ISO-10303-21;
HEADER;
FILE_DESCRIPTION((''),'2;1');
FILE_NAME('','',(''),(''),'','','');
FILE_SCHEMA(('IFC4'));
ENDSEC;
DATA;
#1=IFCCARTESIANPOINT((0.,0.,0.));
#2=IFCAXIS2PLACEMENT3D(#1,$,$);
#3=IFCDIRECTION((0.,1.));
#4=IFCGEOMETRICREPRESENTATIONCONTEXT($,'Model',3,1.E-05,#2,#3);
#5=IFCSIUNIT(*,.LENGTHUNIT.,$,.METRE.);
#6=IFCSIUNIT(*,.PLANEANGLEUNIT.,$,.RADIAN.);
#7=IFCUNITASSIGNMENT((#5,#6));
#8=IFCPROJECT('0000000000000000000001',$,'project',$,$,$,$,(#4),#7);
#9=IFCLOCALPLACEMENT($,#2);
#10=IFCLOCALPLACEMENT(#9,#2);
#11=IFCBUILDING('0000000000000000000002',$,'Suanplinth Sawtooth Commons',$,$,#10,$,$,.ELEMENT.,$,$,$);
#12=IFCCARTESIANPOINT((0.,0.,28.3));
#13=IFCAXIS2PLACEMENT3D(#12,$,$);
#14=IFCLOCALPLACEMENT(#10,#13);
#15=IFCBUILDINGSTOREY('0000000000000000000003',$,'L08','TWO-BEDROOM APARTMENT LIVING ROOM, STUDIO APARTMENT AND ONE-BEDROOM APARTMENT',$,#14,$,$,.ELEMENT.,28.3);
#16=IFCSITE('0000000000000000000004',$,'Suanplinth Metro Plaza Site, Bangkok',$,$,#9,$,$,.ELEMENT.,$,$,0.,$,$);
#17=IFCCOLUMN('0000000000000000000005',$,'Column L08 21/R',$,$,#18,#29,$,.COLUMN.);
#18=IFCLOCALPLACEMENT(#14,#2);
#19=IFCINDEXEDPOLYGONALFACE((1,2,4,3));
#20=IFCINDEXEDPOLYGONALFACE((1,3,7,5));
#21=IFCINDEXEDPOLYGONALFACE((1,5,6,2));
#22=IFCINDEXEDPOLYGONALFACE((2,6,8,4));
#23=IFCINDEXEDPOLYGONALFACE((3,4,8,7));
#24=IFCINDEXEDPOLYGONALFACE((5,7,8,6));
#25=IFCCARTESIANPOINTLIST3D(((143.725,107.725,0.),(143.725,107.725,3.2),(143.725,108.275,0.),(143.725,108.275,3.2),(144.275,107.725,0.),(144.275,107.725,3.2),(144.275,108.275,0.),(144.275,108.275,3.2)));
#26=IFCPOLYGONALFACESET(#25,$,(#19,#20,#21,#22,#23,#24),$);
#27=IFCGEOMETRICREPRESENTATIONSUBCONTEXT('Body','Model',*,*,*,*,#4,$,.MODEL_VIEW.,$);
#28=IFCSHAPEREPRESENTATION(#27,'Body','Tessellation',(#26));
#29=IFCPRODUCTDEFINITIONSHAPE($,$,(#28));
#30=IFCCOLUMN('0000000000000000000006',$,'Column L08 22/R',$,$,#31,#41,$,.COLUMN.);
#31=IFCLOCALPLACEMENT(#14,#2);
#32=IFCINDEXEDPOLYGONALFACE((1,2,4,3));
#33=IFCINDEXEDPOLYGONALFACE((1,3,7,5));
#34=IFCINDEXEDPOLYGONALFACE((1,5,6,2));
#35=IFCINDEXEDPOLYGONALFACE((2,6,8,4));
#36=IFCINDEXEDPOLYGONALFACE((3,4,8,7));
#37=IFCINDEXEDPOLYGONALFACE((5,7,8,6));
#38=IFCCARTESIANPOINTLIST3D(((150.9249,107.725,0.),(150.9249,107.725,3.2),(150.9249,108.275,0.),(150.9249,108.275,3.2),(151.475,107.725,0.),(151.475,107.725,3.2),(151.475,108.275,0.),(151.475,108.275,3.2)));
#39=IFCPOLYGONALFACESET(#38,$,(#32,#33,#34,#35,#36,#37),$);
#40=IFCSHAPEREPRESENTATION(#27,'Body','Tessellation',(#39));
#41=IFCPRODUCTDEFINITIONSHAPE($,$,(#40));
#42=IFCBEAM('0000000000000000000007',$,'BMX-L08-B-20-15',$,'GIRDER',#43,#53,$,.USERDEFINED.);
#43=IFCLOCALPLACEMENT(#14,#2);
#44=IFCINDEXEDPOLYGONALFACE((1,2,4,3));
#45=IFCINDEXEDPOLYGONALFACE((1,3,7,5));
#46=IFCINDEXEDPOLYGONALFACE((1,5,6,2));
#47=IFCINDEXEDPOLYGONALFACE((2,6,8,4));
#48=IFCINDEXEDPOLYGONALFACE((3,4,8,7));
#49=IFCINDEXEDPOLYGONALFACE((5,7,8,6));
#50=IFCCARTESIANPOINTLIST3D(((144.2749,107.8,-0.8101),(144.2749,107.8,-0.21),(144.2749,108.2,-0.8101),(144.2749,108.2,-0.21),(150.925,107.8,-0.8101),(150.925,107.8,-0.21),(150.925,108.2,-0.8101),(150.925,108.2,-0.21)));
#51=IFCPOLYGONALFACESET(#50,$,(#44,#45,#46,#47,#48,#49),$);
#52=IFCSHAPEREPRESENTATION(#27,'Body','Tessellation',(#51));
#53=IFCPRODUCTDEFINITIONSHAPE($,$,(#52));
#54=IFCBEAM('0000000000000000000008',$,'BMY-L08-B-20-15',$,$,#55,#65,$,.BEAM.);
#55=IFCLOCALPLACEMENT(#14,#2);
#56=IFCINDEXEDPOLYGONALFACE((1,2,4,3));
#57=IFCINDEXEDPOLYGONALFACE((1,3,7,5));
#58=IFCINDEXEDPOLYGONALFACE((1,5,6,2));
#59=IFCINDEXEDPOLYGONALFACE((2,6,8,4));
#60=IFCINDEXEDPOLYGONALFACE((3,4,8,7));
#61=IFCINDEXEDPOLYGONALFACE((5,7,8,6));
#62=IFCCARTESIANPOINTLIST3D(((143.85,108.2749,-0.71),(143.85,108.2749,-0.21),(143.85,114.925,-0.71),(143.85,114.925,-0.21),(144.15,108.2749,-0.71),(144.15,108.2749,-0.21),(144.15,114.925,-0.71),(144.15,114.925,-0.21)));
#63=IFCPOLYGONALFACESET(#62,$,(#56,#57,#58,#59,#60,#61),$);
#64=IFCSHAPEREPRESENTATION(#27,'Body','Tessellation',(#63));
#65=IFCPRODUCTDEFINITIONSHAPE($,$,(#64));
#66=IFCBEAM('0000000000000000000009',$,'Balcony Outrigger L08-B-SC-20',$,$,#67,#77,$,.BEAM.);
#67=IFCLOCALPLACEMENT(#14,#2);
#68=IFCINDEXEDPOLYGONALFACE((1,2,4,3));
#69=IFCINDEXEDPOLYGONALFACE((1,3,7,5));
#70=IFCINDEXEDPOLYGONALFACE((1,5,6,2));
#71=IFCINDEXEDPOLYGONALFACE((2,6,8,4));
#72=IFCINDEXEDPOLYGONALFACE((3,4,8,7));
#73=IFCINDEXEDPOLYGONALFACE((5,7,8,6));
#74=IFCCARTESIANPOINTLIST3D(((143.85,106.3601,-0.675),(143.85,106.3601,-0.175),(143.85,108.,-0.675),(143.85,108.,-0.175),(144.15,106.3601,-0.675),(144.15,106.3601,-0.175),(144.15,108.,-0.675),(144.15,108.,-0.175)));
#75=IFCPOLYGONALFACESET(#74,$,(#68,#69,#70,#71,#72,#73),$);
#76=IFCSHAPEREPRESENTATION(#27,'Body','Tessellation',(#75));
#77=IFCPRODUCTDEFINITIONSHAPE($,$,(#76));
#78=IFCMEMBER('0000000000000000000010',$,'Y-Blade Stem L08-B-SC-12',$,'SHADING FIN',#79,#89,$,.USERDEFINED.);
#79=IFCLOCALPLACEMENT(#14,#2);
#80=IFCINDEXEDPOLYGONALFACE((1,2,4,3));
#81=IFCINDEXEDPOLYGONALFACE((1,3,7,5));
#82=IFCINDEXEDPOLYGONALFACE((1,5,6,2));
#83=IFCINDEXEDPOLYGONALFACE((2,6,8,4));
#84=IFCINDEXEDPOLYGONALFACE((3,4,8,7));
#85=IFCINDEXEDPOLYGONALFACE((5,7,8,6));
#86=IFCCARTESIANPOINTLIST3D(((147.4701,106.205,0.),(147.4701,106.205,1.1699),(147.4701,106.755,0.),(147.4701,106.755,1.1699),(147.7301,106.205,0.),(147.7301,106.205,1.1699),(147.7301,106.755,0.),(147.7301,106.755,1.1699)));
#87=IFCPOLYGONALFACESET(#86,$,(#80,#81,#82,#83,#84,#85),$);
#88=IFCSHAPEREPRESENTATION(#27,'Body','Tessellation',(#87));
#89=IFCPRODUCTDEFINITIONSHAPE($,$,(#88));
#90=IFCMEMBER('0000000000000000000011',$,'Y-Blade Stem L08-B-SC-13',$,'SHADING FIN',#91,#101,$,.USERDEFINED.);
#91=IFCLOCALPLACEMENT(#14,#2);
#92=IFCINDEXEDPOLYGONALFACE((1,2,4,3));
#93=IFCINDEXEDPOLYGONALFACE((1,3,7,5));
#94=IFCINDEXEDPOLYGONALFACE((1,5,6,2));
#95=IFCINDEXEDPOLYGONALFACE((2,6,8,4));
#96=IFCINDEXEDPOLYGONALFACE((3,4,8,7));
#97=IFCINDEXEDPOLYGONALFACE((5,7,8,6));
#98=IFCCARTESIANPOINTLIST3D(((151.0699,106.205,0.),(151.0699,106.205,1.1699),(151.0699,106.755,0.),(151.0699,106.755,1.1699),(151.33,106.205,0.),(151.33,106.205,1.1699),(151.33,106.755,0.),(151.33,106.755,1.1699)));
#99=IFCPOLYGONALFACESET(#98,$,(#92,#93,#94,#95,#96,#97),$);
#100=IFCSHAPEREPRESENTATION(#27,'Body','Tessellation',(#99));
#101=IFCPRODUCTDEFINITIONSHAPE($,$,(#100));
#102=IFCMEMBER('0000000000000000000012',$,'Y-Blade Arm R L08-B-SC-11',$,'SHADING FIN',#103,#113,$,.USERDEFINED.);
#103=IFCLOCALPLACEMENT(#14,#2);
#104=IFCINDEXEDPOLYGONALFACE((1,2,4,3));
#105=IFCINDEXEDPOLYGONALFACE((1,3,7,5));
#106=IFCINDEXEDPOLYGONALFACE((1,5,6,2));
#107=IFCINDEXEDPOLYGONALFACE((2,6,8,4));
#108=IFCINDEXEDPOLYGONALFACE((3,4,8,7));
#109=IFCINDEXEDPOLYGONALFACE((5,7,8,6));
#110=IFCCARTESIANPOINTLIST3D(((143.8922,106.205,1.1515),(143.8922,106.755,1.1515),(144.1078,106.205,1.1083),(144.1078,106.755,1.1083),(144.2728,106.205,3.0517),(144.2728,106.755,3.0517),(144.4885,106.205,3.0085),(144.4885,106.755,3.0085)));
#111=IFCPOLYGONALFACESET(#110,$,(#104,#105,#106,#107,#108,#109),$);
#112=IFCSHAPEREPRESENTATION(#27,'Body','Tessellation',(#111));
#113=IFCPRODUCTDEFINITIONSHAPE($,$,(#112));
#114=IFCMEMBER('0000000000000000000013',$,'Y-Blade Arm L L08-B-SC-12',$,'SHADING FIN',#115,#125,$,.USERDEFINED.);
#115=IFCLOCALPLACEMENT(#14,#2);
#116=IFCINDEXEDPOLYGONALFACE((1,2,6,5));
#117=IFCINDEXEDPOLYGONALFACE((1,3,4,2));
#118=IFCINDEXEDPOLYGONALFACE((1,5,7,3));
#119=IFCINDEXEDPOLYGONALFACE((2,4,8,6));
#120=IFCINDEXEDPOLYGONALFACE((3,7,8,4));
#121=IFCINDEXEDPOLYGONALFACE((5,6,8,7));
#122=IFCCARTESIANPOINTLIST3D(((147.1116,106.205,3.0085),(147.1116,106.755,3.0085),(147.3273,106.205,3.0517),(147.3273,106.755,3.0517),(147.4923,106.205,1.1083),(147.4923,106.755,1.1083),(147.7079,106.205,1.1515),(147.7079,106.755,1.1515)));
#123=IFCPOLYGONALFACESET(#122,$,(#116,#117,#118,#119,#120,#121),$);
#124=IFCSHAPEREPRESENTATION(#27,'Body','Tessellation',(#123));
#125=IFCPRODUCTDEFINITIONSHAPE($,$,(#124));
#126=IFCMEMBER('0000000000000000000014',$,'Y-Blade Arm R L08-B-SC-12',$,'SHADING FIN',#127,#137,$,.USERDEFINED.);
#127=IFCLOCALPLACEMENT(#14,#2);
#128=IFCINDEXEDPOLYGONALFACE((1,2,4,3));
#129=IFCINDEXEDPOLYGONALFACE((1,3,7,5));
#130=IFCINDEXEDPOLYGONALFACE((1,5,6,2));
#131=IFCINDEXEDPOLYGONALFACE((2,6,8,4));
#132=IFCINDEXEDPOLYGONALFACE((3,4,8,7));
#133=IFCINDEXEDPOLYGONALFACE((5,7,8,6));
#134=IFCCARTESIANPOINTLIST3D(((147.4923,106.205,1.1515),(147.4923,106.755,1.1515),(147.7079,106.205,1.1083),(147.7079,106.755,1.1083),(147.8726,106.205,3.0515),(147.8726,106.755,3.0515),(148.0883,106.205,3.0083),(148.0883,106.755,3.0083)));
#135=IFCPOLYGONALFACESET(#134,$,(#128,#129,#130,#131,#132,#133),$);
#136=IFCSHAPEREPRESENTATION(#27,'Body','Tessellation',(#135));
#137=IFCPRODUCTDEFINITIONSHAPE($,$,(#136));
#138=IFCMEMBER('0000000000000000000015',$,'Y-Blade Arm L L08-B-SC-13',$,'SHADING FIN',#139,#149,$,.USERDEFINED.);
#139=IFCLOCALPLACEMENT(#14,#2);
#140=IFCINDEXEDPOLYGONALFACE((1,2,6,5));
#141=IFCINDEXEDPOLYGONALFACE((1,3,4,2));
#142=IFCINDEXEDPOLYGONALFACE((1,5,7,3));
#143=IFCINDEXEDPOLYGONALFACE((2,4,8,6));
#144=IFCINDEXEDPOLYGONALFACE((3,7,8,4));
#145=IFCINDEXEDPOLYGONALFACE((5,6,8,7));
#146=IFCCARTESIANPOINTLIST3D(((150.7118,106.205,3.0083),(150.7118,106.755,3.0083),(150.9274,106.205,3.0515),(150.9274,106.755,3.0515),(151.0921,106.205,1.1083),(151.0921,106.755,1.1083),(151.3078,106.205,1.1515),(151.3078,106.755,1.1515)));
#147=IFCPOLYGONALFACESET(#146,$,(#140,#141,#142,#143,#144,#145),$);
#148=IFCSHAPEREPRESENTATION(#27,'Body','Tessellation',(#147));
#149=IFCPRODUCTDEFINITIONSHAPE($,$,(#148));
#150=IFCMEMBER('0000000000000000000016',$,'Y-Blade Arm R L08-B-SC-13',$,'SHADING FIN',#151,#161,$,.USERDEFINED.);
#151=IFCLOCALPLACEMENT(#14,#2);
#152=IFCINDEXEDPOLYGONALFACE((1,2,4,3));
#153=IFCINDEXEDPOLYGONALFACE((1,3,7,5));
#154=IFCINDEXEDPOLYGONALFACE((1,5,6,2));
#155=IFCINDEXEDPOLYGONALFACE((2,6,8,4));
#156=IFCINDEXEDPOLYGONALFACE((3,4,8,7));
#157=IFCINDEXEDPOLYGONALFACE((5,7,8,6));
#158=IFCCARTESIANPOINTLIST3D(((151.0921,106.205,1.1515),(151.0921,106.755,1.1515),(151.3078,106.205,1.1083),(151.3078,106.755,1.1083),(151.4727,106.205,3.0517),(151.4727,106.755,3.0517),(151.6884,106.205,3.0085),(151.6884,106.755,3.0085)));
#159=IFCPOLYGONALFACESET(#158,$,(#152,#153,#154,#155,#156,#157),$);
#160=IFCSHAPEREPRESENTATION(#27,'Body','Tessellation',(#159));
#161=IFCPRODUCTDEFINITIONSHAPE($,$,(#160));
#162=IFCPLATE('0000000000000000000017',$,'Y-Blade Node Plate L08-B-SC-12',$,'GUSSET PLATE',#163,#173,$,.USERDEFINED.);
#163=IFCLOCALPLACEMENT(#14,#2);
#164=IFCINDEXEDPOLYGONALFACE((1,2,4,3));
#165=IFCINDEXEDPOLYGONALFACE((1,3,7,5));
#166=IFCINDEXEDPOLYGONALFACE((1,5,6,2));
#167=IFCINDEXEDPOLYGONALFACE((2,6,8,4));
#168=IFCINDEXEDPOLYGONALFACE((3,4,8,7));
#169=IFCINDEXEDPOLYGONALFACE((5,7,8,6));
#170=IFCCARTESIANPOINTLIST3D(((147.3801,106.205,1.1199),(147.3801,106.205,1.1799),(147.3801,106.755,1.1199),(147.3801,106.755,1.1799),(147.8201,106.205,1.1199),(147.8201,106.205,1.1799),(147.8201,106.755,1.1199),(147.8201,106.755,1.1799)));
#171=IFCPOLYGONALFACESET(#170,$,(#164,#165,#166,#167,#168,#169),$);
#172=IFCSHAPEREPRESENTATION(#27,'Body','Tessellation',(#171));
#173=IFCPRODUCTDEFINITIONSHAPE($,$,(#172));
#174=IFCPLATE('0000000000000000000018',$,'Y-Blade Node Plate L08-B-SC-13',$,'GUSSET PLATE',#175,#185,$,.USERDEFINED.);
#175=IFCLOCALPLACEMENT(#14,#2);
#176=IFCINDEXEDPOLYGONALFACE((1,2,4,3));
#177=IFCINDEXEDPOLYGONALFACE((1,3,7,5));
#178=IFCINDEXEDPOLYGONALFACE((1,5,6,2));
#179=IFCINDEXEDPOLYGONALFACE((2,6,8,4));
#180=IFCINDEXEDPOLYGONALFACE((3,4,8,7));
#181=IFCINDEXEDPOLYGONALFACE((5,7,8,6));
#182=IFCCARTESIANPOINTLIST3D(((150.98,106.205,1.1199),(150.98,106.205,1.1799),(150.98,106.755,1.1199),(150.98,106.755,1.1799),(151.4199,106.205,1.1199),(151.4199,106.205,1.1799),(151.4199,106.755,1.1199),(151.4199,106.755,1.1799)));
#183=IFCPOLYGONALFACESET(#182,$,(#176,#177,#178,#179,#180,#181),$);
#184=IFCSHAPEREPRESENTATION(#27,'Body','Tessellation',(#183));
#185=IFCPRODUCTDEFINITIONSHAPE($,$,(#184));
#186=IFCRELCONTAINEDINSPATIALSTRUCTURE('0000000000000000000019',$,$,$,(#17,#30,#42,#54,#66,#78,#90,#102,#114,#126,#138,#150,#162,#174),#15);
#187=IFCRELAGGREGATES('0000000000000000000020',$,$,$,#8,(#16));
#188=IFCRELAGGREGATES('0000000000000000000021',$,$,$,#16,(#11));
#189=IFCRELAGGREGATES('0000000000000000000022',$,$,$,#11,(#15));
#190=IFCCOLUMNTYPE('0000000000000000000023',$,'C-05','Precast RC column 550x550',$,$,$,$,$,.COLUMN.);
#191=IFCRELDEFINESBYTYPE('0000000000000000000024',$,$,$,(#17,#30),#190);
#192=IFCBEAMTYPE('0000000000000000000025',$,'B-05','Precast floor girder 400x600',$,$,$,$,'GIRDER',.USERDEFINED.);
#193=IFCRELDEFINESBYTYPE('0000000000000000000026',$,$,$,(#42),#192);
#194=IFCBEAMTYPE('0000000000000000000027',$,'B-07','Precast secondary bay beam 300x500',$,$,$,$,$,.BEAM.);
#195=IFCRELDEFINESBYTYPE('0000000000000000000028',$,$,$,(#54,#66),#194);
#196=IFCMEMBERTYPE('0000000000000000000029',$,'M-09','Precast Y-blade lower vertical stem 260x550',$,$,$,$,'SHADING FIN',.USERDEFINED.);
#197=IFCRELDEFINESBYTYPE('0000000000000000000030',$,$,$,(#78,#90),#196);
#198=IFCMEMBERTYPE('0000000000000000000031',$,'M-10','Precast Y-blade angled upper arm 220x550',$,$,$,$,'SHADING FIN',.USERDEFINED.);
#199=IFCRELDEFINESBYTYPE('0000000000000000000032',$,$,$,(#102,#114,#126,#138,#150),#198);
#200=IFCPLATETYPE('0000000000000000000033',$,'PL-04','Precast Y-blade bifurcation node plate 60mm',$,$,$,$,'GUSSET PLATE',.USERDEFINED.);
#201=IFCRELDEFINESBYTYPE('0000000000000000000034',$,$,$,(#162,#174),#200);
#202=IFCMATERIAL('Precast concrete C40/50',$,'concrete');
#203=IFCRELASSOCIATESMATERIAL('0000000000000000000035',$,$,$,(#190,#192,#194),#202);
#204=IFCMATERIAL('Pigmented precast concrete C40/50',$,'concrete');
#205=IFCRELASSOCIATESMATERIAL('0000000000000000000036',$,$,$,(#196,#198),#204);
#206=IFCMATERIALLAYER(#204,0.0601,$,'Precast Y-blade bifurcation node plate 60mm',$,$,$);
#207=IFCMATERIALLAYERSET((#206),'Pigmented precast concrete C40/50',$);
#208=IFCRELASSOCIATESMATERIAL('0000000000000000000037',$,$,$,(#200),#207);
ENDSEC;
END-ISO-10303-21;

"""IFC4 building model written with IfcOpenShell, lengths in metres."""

from ifc_helpers import new_model, si_unit, direction, frame, origin, origin_2d, place, context, subcontext, project, spatial, rectangle, extrude, material, layer, layer_set, material_profile, profile_set, type_object, element, save


model = new_model("IFC4")

# Units and contexts
model_context = context("Model", 3, precision=1e-05, world=origin(), true_north=direction((0.0, 1.0)))
body_context = subcontext(model_context, "Body", "Model", "MODEL_VIEW")
ifc_project = project(units=[si_unit("LENGTHUNIT", "METRE"), si_unit("PLANEANGLEUNIT", "RADIAN")], contexts=[model_context])

# Site, building, storey
site_placement = place(None, origin())
site = spatial("IfcSite", under=ifc_project, at=site_placement, Name="Suanplinth Metro Plaza Site, Bangkok", CompositionType="ELEMENT", RefElevation=0.0)
building_placement = place(site_placement, origin())
building = spatial("IfcBuilding", under=site, at=building_placement, Name="Suanplinth Sawtooth Commons", CompositionType="ELEMENT")
storey_placement = place(building_placement, frame((0.0, 0.0, 28.3)))
storey = spatial("IfcBuildingStorey", under=building, at=storey_placement, Name="L08", Description="TWO-BEDROOM APARTMENT LIVING ROOM, STUDIO APARTMENT AND ONE-BEDROOM APARTMENT", CompositionType="ELEMENT", Elevation=28.3)

# Columns
ifc_material_1 = material(Name="Precast concrete C40/50", Category="concrete")
ifc_material_profile_1 = material_profile(ifc_material_1, rectangle(XDim=0.55, YDim=0.55, at=origin_2d()), Name="PC-COL 550x550")
ifc_profile_set_1 = profile_set([ifc_material_profile_1], Name="Precast concrete C40/50")
column_type = type_object("IfcColumnType", Name="C-05", Description="Precast RC column 550x550", PredefinedType="COLUMN", material=ifc_profile_set_1)
for number, where, z_axis, x_axis, name in (
    (1, (144.0, 108.0, 0.0), (0.0, 0.0, 1.0), (1.0, 0.0, 0.0), "Column L08 21/R"),
    (2, (151.2, 108.0, 0.0), (0.0, 0.0, 1.0), (1.0, 0.0, 0.0), "Column L08 22/R"),
):
    element("IfcColumn", number, at=place(storey_placement, frame(where, z_axis=z_axis, x_axis=x_axis)), inside=storey, type_object=column_type, Name=name, PredefinedType="COLUMN", context=body_context, shape_type="SweptSolid", body=[
        extrude(rectangle(XDim=0.55, YDim=0.55, at=origin_2d()), origin(), (0.0, 0.0, 1.0), 3.2),
    ])

# Beams
ifc_material_profile_2 = material_profile(ifc_material_1, rectangle(XDim=0.3999, YDim=0.6001, at=origin_2d()), Name="PC-GDR 400x600")
ifc_profile_set_2 = profile_set([ifc_material_profile_2], Name="Precast concrete C40/50")
beam_type_1 = type_object("IfcBeamType", Name="B-05", Description="Precast floor girder 400x600", ElementType="GIRDER", PredefinedType="USERDEFINED", material=ifc_profile_set_2)
beam_1_placement = place(storey_placement, frame((144.2749, 108.0, -0.51), z_axis=(1.0, 0.0, 0.0), x_axis=(0.0, 1.0, 0.0)))
element("IfcBeam", 3, at=beam_1_placement, inside=storey, type_object=beam_type_1, Name="BMX-L08-B-20-15", ObjectType="GIRDER", PredefinedType="USERDEFINED", context=body_context, shape_type="SweptSolid", body=[
    extrude(rectangle(XDim=0.3999, YDim=0.6001, at=origin_2d()), origin(), (0.0, 0.0, 1.0), 6.6501),
])
ifc_material_profile_3 = material_profile(ifc_material_1, rectangle(XDim=0.3, YDim=0.5, at=origin_2d()), Name="PC-BM 300x500")
ifc_profile_set_3 = profile_set([ifc_material_profile_3], Name="Precast concrete C40/50")
beam_type_2 = type_object("IfcBeamType", Name="B-07", Description="Precast secondary bay beam 300x500", PredefinedType="BEAM", material=ifc_profile_set_3)
beam_2_placement = place(storey_placement, frame((144.0, 108.2749, -0.46), z_axis=(0.0, 1.0, 0.0), x_axis=(-1.0, 0.0, 0.0)))
element("IfcBeam", 4, at=beam_2_placement, inside=storey, type_object=beam_type_2, Name="BMY-L08-B-20-15", PredefinedType="BEAM", context=body_context, shape_type="SweptSolid", body=[
    extrude(rectangle(XDim=0.3, YDim=0.5, at=origin_2d()), origin(), (0.0, 0.0, 1.0), 6.6501),
])
beam_3_placement = place(storey_placement, frame((144.0, 108.0, -0.425), z_axis=(0.0, -1.0, 0.0), x_axis=(1.0, 0.0, 0.0)))
element("IfcBeam", 5, at=beam_3_placement, inside=storey, type_object=beam_type_2, Name="Balcony Outrigger L08-B-SC-20", PredefinedType="BEAM", context=body_context, shape_type="SweptSolid", body=[
    extrude(rectangle(XDim=0.3, YDim=0.5, at=origin_2d()), origin(), (0.0, 0.0, 1.0), 1.6399),
])

# Members
ifc_material_2 = material(Name="Pigmented precast concrete C40/50", Category="concrete")
ifc_material_profile_4 = material_profile(ifc_material_2, rectangle(XDim=0.26, YDim=0.55, at=origin_2d()), Name="PC-FIN 260x550")
ifc_profile_set_4 = profile_set([ifc_material_profile_4], Name="Pigmented precast concrete C40/50")
member_type_1 = type_object("IfcMemberType", Name="M-09", Description="Precast Y-blade lower vertical stem 260x550", ElementType="SHADING FIN", PredefinedType="USERDEFINED", material=ifc_profile_set_4)
for number, where, z_axis, x_axis, name in (
    (6, (147.6001, 106.48, 0.0), (0.0, 0.0, 1.0), (1.0, 0.0, 0.0), "Y-Blade Stem L08-B-SC-12"),
    (7, (151.2, 106.48, 0.0), (0.0, 0.0, 1.0), (1.0, 0.0, 0.0), "Y-Blade Stem L08-B-SC-13"),
):
    element("IfcMember", number, at=place(storey_placement, frame(where, z_axis=z_axis, x_axis=x_axis)), inside=storey, type_object=member_type_1, Name=name, ObjectType="SHADING FIN", PredefinedType="USERDEFINED", context=body_context, shape_type="SweptSolid", body=[
        extrude(rectangle(XDim=0.26, YDim=0.55, at=origin_2d()), origin(), (0.0, 0.0, 1.0), 1.1699),
    ])
ifc_material_profile_5 = material_profile(ifc_material_2, rectangle(XDim=0.22, YDim=0.55, at=origin_2d()), Name="PC-FIN 220x550")
ifc_profile_set_5 = profile_set([ifc_material_profile_5], Name="Pigmented precast concrete C40/50")
member_type_2 = type_object("IfcMemberType", Name="M-10", Description="Precast Y-blade angled upper arm 220x550", ElementType="SHADING FIN", PredefinedType="USERDEFINED", material=ifc_profile_set_5)
for number, where, z_axis, x_axis, name in (
    (8, (144.0, 106.48, 1.1299), (0.196407, 0.0, 0.980522), (-0.980522, 0.0, 0.196407), "Y-Blade Arm R L08-B-SC-11"),
    (9, (147.6001, 106.48, 1.1299), (-0.196407, 0.0, 0.980522), (0.980522, 0.0, 0.196407), "Y-Blade Arm L L08-B-SC-12"),
):
    element("IfcMember", number, at=place(storey_placement, frame(where, z_axis=z_axis, x_axis=x_axis)), inside=storey, type_object=member_type_2, Name=name, ObjectType="SHADING FIN", PredefinedType="USERDEFINED", context=body_context, shape_type="SweptSolid", body=[
        extrude(rectangle(XDim=0.22, YDim=0.55, at=origin_2d()), origin(), (0.0, 0.0, 1.0), 1.938),
    ])
for number, where, z_axis, x_axis, name in (
    (10, (147.6001, 106.48, 1.1299), (0.196286, 0.0, 0.980547), (-0.980547, 0.0, 0.196286), "Y-Blade Arm R L08-B-SC-12"),
    (11, (151.2, 106.48, 1.1299), (-0.196286, 0.0, 0.980547), (0.980547, 0.0, 0.196286), "Y-Blade Arm L L08-B-SC-13"),
):
    element("IfcMember", number, at=place(storey_placement, frame(where, z_axis=z_axis, x_axis=x_axis)), inside=storey, type_object=member_type_2, Name=name, ObjectType="SHADING FIN", PredefinedType="USERDEFINED", context=body_context, shape_type="SweptSolid", body=[
        extrude(rectangle(XDim=0.22, YDim=0.55, at=origin_2d()), origin(), (0.0, 0.0, 1.0), 1.9377),
    ])
member_placement = place(storey_placement, frame((151.2, 106.48, 1.1299), z_axis=(0.196407, 0.0, 0.980522), x_axis=(-0.980522, 0.0, 0.196407)))
element("IfcMember", 12, at=member_placement, inside=storey, type_object=member_type_2, Name="Y-Blade Arm R L08-B-SC-13", ObjectType="SHADING FIN", PredefinedType="USERDEFINED", context=body_context, shape_type="SweptSolid", body=[
    extrude(rectangle(XDim=0.22, YDim=0.55, at=origin_2d()), origin(), (0.0, 0.0, 1.0), 1.938),
])

# Plates
ifc_layer_1 = layer(ifc_material_2, 0.0601, Name="Precast Y-blade bifurcation node plate 60mm")
ifc_layer_set_1 = layer_set([ifc_layer_1], Name="Pigmented precast concrete C40/50")
plate_type = type_object("IfcPlateType", Name="PL-04", Description="Precast Y-blade bifurcation node plate 60mm", ElementType="GUSSET PLATE", PredefinedType="USERDEFINED", material=ifc_layer_set_1)
for number, where, z_axis, x_axis, name in (
    (13, (147.6001, 106.48, 1.1199), (0.0, 0.0, 1.0), (1.0, 0.0, 0.0), "Y-Blade Node Plate L08-B-SC-12"),
    (14, (151.2, 106.48, 1.1199), (0.0, 0.0, 1.0), (1.0, 0.0, 0.0), "Y-Blade Node Plate L08-B-SC-13"),
):
    element("IfcPlate", number, at=place(storey_placement, frame(where, z_axis=z_axis, x_axis=x_axis)), inside=storey, type_object=plate_type, Name=name, ObjectType="GUSSET PLATE", PredefinedType="USERDEFINED", context=body_context, shape_type="SweptSolid", body=[
        extrude(rectangle(XDim=0.4399, YDim=0.55, at=origin_2d()), origin(), (0.0, 0.0, 1.0), 0.0601),
    ])

save(model, "model.ifc")
